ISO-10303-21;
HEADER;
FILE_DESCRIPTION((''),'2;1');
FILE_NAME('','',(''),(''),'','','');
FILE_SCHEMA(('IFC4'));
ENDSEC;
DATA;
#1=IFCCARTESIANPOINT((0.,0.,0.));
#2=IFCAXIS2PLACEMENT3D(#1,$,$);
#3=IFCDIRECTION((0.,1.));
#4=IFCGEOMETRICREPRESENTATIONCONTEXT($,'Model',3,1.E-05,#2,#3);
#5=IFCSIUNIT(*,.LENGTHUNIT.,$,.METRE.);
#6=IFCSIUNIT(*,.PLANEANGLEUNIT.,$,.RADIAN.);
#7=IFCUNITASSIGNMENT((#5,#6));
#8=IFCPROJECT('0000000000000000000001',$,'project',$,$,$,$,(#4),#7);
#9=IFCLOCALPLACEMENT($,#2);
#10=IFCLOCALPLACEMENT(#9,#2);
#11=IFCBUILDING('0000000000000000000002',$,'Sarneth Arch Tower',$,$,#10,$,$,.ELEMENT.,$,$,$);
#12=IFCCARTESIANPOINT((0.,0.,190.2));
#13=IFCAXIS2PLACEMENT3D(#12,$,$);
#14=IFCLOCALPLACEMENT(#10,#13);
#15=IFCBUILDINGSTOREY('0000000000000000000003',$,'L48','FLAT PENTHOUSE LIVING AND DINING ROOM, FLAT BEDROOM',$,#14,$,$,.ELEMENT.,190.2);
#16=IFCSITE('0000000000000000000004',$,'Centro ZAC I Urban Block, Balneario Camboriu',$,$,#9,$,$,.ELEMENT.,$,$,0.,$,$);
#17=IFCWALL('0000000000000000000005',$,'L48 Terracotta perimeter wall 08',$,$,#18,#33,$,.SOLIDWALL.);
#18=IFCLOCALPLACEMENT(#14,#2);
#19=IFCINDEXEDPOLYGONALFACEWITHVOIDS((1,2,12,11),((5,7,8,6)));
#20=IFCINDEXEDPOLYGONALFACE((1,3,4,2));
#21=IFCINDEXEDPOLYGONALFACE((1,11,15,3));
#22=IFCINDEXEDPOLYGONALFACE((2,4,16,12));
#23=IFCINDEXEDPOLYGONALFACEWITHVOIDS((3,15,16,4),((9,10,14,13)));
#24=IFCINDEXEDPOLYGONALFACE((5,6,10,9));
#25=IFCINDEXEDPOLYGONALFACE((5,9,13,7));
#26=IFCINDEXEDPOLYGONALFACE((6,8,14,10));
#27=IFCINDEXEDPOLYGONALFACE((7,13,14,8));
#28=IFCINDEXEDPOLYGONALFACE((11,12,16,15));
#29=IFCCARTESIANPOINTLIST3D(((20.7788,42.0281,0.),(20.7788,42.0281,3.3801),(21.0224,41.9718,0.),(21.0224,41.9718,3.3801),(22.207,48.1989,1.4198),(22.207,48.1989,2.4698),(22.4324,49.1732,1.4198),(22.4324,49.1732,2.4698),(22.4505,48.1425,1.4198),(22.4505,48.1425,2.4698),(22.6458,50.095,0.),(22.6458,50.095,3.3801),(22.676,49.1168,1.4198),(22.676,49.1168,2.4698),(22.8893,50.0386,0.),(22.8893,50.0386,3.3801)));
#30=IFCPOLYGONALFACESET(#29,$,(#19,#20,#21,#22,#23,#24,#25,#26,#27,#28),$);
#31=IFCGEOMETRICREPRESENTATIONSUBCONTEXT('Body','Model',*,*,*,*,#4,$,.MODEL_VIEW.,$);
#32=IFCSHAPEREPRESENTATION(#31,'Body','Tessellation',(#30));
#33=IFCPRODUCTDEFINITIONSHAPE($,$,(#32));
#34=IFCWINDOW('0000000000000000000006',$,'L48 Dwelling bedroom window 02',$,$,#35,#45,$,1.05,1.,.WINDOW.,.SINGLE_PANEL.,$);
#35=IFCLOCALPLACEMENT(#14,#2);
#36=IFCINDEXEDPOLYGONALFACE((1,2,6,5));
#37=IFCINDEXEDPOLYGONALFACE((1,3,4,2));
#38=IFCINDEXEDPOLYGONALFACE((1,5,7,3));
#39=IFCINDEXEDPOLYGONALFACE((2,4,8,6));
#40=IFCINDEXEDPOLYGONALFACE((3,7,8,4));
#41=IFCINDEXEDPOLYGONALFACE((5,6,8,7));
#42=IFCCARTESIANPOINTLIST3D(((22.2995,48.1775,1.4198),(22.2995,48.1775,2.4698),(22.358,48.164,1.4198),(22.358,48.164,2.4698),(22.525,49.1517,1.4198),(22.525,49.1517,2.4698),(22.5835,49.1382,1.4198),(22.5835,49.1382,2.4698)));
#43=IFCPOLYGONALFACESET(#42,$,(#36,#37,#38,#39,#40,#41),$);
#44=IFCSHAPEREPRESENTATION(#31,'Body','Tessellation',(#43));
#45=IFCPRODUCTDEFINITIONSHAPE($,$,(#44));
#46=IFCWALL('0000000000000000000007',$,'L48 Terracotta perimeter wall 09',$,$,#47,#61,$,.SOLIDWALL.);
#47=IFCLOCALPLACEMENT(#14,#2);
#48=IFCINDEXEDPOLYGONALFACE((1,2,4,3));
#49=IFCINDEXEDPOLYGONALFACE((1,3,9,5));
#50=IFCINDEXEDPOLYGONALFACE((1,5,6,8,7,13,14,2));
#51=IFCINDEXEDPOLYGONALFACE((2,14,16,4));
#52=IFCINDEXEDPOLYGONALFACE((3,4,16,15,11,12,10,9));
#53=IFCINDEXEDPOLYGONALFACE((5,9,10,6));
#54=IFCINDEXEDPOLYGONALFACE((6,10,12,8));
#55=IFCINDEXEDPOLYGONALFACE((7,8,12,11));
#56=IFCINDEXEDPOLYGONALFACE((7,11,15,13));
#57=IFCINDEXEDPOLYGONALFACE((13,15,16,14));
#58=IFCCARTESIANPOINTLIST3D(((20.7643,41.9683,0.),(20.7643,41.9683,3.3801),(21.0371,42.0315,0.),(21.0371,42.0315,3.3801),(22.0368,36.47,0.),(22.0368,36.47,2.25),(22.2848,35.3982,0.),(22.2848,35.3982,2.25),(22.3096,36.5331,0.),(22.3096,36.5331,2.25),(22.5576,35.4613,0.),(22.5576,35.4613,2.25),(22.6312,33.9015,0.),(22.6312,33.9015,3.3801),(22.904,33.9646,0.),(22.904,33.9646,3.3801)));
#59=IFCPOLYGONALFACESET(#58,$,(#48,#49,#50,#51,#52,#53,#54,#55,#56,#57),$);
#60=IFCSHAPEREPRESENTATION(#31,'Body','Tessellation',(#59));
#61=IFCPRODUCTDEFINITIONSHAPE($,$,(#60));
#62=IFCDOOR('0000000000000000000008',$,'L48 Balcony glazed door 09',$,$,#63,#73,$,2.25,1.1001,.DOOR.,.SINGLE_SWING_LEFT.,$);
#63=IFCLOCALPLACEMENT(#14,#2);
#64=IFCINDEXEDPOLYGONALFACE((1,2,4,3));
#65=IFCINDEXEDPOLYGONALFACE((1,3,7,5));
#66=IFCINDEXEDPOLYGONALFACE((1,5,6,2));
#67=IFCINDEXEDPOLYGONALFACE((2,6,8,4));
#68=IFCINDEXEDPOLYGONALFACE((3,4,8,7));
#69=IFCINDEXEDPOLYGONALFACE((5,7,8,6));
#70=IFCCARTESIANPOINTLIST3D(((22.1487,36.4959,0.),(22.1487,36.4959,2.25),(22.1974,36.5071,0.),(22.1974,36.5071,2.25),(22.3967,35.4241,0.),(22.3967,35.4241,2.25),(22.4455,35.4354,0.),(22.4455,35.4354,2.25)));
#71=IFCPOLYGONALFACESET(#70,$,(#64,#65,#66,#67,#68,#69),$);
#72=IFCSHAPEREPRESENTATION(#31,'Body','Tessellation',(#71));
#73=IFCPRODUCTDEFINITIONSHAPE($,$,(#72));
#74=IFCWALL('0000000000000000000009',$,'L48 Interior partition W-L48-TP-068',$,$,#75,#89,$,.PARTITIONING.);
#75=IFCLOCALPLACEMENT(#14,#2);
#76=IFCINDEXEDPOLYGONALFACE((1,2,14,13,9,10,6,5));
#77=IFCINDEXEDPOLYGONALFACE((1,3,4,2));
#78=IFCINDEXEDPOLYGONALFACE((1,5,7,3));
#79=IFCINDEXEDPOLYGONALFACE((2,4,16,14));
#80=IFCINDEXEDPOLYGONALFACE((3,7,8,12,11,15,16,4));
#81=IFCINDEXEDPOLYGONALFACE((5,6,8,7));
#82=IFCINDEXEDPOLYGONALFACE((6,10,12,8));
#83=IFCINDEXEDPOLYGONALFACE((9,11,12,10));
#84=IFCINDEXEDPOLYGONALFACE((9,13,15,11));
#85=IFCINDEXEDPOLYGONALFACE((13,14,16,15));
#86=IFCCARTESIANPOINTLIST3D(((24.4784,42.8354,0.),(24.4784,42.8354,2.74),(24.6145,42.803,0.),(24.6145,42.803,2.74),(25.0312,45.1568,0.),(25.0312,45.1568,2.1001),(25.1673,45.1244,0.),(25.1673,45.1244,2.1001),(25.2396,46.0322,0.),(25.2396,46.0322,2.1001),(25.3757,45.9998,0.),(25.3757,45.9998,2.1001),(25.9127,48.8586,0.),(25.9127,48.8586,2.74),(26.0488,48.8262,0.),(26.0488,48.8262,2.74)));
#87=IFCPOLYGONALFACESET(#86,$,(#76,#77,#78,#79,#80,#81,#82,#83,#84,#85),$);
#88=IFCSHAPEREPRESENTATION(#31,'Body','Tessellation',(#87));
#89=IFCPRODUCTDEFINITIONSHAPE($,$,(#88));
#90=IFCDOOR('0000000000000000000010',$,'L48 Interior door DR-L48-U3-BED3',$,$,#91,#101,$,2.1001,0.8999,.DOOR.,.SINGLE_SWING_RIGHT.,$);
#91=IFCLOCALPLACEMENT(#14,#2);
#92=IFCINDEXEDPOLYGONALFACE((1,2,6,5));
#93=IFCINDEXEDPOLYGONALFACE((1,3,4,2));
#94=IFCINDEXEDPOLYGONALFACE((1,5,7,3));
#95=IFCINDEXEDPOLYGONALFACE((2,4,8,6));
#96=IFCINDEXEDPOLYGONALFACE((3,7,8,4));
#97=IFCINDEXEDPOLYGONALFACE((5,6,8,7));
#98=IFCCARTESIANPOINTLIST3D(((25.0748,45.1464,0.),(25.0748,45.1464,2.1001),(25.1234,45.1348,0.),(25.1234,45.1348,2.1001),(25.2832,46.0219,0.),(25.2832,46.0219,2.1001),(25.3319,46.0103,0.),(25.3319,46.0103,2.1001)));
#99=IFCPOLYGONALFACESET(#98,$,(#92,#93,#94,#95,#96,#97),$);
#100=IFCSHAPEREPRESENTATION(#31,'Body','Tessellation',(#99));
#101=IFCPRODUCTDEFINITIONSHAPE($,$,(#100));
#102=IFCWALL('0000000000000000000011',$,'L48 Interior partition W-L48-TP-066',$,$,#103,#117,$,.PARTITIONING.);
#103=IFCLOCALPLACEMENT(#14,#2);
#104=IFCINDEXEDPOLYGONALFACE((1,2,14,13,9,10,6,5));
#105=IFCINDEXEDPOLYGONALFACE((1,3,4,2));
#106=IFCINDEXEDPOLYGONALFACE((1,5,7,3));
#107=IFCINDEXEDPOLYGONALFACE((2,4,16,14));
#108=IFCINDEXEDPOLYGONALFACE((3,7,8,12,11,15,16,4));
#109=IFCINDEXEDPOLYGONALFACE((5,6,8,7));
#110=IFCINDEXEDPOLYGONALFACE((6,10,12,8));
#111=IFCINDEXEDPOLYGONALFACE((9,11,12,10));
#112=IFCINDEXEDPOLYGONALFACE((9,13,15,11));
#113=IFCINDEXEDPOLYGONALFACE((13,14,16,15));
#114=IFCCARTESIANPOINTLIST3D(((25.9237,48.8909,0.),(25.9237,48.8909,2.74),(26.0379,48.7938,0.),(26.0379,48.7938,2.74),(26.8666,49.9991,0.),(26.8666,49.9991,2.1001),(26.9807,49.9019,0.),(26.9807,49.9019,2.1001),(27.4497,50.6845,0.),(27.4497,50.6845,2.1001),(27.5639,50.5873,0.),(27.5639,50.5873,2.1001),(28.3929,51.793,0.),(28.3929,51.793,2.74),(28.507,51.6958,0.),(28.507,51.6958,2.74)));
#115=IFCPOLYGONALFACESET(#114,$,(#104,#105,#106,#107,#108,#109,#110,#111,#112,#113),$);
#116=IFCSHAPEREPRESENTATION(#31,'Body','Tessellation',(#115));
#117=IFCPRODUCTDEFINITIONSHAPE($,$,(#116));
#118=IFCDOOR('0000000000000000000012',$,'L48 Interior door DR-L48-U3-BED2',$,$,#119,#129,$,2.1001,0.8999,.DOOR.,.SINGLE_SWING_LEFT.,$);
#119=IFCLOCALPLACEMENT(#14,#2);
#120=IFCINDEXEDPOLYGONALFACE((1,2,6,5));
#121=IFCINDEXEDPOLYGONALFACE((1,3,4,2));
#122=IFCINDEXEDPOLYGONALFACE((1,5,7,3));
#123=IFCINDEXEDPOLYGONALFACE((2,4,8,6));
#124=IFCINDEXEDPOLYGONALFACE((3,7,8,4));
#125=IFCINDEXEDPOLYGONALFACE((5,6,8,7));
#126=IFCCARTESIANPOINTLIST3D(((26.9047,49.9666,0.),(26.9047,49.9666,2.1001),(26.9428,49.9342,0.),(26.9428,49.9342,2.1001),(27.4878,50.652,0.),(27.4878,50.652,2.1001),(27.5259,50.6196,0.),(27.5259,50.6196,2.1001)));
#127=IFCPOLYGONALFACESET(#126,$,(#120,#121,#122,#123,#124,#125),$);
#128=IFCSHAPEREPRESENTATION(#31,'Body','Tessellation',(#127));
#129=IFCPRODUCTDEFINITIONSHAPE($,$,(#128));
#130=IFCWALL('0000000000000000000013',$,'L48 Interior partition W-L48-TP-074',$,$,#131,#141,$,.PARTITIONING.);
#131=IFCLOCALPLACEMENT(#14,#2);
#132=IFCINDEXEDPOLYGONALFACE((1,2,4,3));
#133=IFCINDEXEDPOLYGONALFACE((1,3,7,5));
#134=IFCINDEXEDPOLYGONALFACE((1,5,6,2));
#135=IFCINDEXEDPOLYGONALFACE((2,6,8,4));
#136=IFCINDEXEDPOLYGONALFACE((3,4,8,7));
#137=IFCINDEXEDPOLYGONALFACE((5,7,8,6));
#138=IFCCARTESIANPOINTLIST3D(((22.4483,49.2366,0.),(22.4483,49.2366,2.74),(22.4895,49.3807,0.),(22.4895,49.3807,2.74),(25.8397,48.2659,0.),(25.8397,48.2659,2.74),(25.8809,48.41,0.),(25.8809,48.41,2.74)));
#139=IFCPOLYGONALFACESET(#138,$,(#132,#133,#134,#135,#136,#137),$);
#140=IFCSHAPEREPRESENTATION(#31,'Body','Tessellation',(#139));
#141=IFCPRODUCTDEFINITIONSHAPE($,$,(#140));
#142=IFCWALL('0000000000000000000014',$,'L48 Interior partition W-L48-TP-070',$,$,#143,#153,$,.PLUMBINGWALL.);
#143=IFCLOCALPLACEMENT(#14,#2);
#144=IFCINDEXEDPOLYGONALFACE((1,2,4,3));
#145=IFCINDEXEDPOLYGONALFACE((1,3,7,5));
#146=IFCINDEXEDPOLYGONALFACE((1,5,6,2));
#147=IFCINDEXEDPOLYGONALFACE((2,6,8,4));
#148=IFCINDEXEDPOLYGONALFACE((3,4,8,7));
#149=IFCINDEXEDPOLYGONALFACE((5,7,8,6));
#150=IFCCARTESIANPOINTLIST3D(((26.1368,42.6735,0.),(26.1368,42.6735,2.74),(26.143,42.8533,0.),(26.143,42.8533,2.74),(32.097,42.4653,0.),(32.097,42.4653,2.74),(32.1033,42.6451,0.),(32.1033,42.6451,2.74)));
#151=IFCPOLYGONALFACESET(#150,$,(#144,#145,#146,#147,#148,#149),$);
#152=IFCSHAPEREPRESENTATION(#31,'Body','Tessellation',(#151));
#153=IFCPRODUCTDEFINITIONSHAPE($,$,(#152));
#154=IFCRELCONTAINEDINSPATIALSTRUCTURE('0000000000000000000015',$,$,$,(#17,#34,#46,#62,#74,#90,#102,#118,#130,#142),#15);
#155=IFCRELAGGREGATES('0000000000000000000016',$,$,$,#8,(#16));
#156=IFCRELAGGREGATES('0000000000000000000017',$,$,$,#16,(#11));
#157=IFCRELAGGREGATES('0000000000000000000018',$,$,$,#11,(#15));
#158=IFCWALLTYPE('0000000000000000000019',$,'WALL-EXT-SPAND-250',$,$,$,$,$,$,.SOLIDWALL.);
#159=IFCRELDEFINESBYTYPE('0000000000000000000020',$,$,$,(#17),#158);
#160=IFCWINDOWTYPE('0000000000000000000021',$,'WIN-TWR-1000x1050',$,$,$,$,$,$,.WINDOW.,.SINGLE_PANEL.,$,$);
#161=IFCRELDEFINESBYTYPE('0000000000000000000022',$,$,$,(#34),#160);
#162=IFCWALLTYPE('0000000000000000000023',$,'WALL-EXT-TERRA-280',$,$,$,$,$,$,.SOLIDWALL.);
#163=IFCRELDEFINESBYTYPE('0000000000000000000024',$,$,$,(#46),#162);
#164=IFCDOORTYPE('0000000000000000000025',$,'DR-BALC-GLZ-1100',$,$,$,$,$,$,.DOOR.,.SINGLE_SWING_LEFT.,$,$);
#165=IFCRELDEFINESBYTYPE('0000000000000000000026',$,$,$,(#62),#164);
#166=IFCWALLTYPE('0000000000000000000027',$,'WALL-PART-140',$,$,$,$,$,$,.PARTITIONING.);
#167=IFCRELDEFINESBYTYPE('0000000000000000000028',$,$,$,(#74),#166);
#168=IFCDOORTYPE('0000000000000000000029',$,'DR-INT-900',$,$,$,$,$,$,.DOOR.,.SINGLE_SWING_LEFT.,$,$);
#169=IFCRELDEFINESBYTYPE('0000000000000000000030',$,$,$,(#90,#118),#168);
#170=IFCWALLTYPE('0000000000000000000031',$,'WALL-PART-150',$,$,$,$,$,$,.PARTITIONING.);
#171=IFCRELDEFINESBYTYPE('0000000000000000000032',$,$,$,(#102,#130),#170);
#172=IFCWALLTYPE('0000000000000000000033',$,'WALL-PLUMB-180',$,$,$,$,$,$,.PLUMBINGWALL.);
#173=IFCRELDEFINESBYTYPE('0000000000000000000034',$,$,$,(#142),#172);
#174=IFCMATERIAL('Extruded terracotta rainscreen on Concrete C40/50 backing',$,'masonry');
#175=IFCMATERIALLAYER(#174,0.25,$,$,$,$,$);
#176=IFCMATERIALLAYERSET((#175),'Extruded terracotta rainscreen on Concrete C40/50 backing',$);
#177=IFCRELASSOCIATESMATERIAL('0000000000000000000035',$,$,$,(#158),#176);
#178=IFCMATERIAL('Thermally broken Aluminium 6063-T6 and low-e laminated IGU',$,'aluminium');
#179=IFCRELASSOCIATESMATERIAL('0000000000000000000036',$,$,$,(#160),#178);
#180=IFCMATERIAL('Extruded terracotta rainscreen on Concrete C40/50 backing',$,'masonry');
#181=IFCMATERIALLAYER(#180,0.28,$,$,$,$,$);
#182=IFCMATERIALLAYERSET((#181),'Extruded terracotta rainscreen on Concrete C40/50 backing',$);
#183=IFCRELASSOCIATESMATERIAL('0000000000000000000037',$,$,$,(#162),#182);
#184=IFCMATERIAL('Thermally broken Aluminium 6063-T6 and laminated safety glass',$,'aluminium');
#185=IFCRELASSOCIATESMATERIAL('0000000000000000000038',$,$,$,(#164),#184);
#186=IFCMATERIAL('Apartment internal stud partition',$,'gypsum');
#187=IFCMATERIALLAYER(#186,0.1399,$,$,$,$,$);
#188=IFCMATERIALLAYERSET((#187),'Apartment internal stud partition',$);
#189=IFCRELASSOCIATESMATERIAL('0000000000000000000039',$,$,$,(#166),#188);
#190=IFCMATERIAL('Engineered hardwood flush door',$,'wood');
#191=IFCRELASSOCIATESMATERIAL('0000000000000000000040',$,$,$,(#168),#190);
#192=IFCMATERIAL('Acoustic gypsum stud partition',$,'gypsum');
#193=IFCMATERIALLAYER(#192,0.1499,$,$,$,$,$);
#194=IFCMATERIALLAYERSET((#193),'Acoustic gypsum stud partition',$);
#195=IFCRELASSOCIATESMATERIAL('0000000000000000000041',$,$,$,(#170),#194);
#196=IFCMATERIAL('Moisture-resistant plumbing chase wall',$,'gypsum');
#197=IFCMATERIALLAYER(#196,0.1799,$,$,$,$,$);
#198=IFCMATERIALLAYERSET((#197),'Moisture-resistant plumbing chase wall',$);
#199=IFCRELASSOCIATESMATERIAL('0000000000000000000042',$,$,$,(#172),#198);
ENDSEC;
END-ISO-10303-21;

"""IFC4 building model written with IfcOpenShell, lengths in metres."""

from ifc_helpers import new_model, si_unit, direction, frame, frame_2d, origin, place, context, subcontext, project, spatial, rectangle, extrude, material, layer, layer_set, type_object, element, fill, save


model = new_model("IFC4")

# Units and contexts
model_context = context("Model", 3, precision=1e-05, world=origin(), true_north=direction((0.0, 1.0)))
body_context = subcontext(model_context, "Body", "Model", "MODEL_VIEW")
ifc_project = project(units=[si_unit("LENGTHUNIT", "METRE"), si_unit("PLANEANGLEUNIT", "RADIAN")], contexts=[model_context])

# Site, building, storey
site_placement = place(None, origin())
site = spatial("IfcSite", under=ifc_project, at=site_placement, Name="Centro ZAC I Urban Block, Balneario Camboriu", CompositionType="ELEMENT", RefElevation=0.0)
building_placement = place(site_placement, origin())
building = spatial("IfcBuilding", under=site, at=building_placement, Name="Sarneth Arch Tower", CompositionType="ELEMENT")
storey_placement = place(building_placement, frame((0.0, 0.0, 190.2)))
storey = spatial("IfcBuildingStorey", under=building, at=storey_placement, Name="L48", Description="FLAT PENTHOUSE LIVING AND DINING ROOM, FLAT BEDROOM", CompositionType="ELEMENT", Elevation=190.2)

# Wall, opening, window
ifc_material_1 = material(Name="Extruded terracotta rainscreen on Concrete C40/50 backing", Category="masonry")
ifc_layer_1 = layer(ifc_material_1, 0.25)
ifc_layer_set_1 = layer_set([ifc_layer_1], Name="Extruded terracotta rainscreen on Concrete C40/50 backing")
wall_type_1 = type_object("IfcWallType", Name="WALL-EXT-SPAND-250", PredefinedType="SOLIDWALL", material=ifc_layer_set_1)
wall_1_placement = place(storey_placement, frame((22.7676, 50.0669, 0.0), z_axis=(0.0, 0.0, 1.0), x_axis=(-0.225473, -0.974249, 0.0)))
wall_1 = element("IfcWall", 1, at=wall_1_placement, inside=storey, type_object=wall_type_1, Name="L48 Terracotta perimeter wall 08", PredefinedType="SOLIDWALL", context=body_context, shape_type="SweptSolid", body=[
    extrude(rectangle(XDim=8.28, YDim=0.25, at=frame_2d((4.1401, 0.0))), origin(), (0.0, 0.0, 1.0), 3.3801),
])
opening_1_placement = place(wall_1_placement, frame((0.9463, 0.0, 1.4199)))
opening_1 = element("IfcOpeningElement", 2, at=opening_1_placement, cuts=wall_1, PredefinedType="OPENING", context=body_context, shape_type="SweptSolid", body=[
    extrude(rectangle(XDim=1.0, YDim=1.05, at=frame_2d((0.5, 0.5249))), frame((0.0, 0.135, 0.0), z_axis=(0.0, -1.0, 0.0), x_axis=(1.0, 0.0, 0.0)), (0.0, 0.0, 1.0), 0.27),
])
ifc_material_2 = material(Name="Thermally broken Aluminium 6063-T6 and low-e laminated IGU", Category="aluminium")
window_type = type_object("IfcWindowType", Name="WIN-TWR-1000x1050", PartitioningType="SINGLE_PANEL", PredefinedType="WINDOW", material=ifc_material_2)
window_placement = place(opening_1_placement, origin())
window = element("IfcWindow", 3, at=window_placement, inside=storey, type_object=window_type, Name="L48 Dwelling bedroom window 02", OverallHeight=1.05, OverallWidth=1.0, PartitioningType="SINGLE_PANEL", PredefinedType="WINDOW", context=body_context, shape_type="SweptSolid", body=[
    extrude(rectangle(XDim=1.0, YDim=1.05, at=frame_2d((0.5, 0.5249))), frame((0.0, 0.03, 0.0), z_axis=(0.0, -1.0, 0.0), x_axis=(1.0, 0.0, 0.0)), (0.0, 0.0, 1.0), 0.0601),
])
fill(opening_1, window)

# Walls, openings, doors
ifc_material_3 = material(Name="Extruded terracotta rainscreen on Concrete C40/50 backing", Category="masonry")
ifc_layer_2 = layer(ifc_material_3, 0.28)
ifc_layer_set_2 = layer_set([ifc_layer_2], Name="Extruded terracotta rainscreen on Concrete C40/50 backing")
wall_type_2 = type_object("IfcWallType", Name="WALL-EXT-TERRA-280", PredefinedType="SOLIDWALL", material=ifc_layer_set_2)
wall_2_placement = place(storey_placement, frame((20.9006, 42.0, 0.0), z_axis=(0.0, 0.0, 1.0), x_axis=(0.225473, -0.974249, 0.0)))
wall_2 = element("IfcWall", 4, at=wall_2_placement, inside=storey, type_object=wall_type_2, Name="L48 Terracotta perimeter wall 09", PredefinedType="SOLIDWALL", context=body_context, shape_type="SweptSolid", body=[
    extrude(rectangle(XDim=8.28, YDim=0.28, at=frame_2d((4.1401, 0.0))), origin(), (0.0, 0.0, 1.0), 3.3801),
])
opening_2_placement = place(wall_2_placement, frame((5.6438, 0.0, 0.0)))
opening_2 = element("IfcOpeningElement", 5, at=opening_2_placement, cuts=wall_2, PredefinedType="OPENING", context=body_context, shape_type="SweptSolid", body=[
    extrude(rectangle(XDim=1.1001, YDim=2.25, at=frame_2d((0.55, 1.125))), frame((0.0, 0.1499, 0.0), z_axis=(0.0, -1.0, 0.0), x_axis=(1.0, 0.0, 0.0)), (0.0, 0.0, 1.0), 0.3),
])
ifc_material_4 = material(Name="Thermally broken Aluminium 6063-T6 and laminated safety glass", Category="aluminium")
door_type_1 = type_object("IfcDoorType", Name="DR-BALC-GLZ-1100", OperationType="SINGLE_SWING_LEFT", PredefinedType="DOOR", material=ifc_material_4)
door_1_placement = place(opening_2_placement, origin())
door_1 = element("IfcDoor", 6, at=door_1_placement, inside=storey, type_object=door_type_1, Name="L48 Balcony glazed door 09", OperationType="SINGLE_SWING_LEFT", OverallHeight=2.25, OverallWidth=1.1001, PredefinedType="DOOR", context=body_context, shape_type="SweptSolid", body=[
    extrude(rectangle(XDim=1.1001, YDim=2.25, at=frame_2d((0.55, 1.125))), frame((0.0, 0.0249, 0.0), z_axis=(0.0, -1.0, 0.0), x_axis=(1.0, 0.0, 0.0)), (0.0, 0.0, 1.0), 0.05),
])
fill(opening_2, door_1)
ifc_material_5 = material(Name="Apartment internal stud partition", Category="gypsum")
ifc_layer_3 = layer(ifc_material_5, 0.1399)
ifc_layer_set_3 = layer_set([ifc_layer_3], Name="Apartment internal stud partition")
wall_type_3 = type_object("IfcWallType", Name="WALL-PART-140", PredefinedType="PARTITIONING", material=ifc_layer_set_3)
wall_3_placement = place(storey_placement, frame((25.9807, 48.8423, 0.0), z_axis=(0.0, 0.0, 1.0), x_axis=(-0.231656, -0.972798, 0.0)))
wall_3 = element("IfcWall", 7, at=wall_3_placement, inside=storey, type_object=wall_type_3, Name="L48 Interior partition W-L48-TP-068", PredefinedType="PARTITIONING", context=body_context, shape_type="SweptSolid", body=[
    extrude(rectangle(XDim=6.1917, YDim=0.1399, at=frame_2d((3.0957, 0.0))), origin(), (0.0, 0.0, 1.0), 2.74),
])
opening_3_placement = place(wall_3_placement, frame((2.9053, 0.0, 0.0)))
opening_3 = element("IfcOpeningElement", 8, at=opening_3_placement, cuts=wall_3, PredefinedType="OPENING", context=body_context, shape_type="SweptSolid", body=[
    extrude(rectangle(XDim=0.8999, YDim=2.1001, at=frame_2d((0.45, 1.05))), frame((0.0, 0.0798, 0.0), z_axis=(0.0, -1.0, 0.0), x_axis=(1.0, 0.0, 0.0)), (0.0, 0.0, 1.0), 0.1599),
])
ifc_material_6 = material(Name="Engineered hardwood flush door", Category="wood")
door_type_2 = type_object("IfcDoorType", Name="DR-INT-900", OperationType="SINGLE_SWING_LEFT", PredefinedType="DOOR", material=ifc_material_6)
door_2_placement = place(opening_3_placement, origin())
door_2 = element("IfcDoor", 9, at=door_2_placement, inside=storey, type_object=door_type_2, Name="L48 Interior door DR-L48-U3-BED3", OperationType="SINGLE_SWING_RIGHT", OverallHeight=2.1001, OverallWidth=0.8999, PredefinedType="DOOR", context=body_context, shape_type="SweptSolid", body=[
    extrude(rectangle(XDim=0.8999, YDim=2.1001, at=frame_2d((0.45, 1.05))), frame((0.0, 0.0249, 0.0), z_axis=(0.0, -1.0, 0.0), x_axis=(1.0, 0.0, 0.0)), (0.0, 0.0, 1.0), 0.05),
])
fill(opening_3, door_2)
ifc_material_7 = material(Name="Acoustic gypsum stud partition", Category="gypsum")
ifc_layer_4 = layer(ifc_material_7, 0.1499)
ifc_layer_set_4 = layer_set([ifc_layer_4], Name="Acoustic gypsum stud partition")
wall_type_4 = type_object("IfcWallType", Name="WALL-PART-150", PredefinedType="PARTITIONING", material=ifc_layer_set_4)
wall_4_placement = place(storey_placement, frame((25.9807, 48.8423, 0.0), z_axis=(0.0, 0.0, 1.0), x_axis=(0.648022, 0.761621, 0.0)))
wall_4 = element("IfcWall", 10, at=wall_4_placement, inside=storey, type_object=wall_type_4, Name="L48 Interior partition W-L48-TP-066", PredefinedType="PARTITIONING", context=body_context, shape_type="SweptSolid", body=[
    extrude(rectangle(XDim=3.8103, YDim=0.1499, at=frame_2d((1.9053, 0.0))), origin(), (0.0, 0.0, 1.0), 2.74),
])
opening_4_placement = place(wall_4_placement, frame((1.4551, 0.0, 0.0)))
opening_4 = element("IfcOpeningElement", 11, at=opening_4_placement, cuts=wall_4, PredefinedType="OPENING", context=body_context, shape_type="SweptSolid", body=[
    extrude(rectangle(XDim=0.8999, YDim=2.1001, at=frame_2d((0.45, 1.05))), frame((0.0, 0.085, 0.0), z_axis=(0.0, -1.0, 0.0), x_axis=(1.0, 0.0, 0.0)), (0.0, 0.0, 1.0), 0.1699),
])
door_3_placement = place(opening_4_placement, origin())
door_3 = element("IfcDoor", 12, at=door_3_placement, inside=storey, type_object=door_type_2, Name="L48 Interior door DR-L48-U3-BED2", OperationType="SINGLE_SWING_LEFT", OverallHeight=2.1001, OverallWidth=0.8999, PredefinedType="DOOR", context=body_context, shape_type="SweptSolid", body=[
    extrude(rectangle(XDim=0.8999, YDim=2.1001, at=frame_2d((0.45, 1.05))), frame((0.0, 0.0249, 0.0), z_axis=(0.0, -1.0, 0.0), x_axis=(1.0, 0.0, 0.0)), (0.0, 0.0, 1.0), 0.05),
])
fill(opening_4, door_3)

# Walls
wall_5_placement = place(storey_placement, frame((22.469, 49.3086, 0.0), z_axis=(0.0, 0.0, 1.0), x_axis=(0.961393, -0.275178, 0.0)))
element("IfcWall", 13, at=wall_5_placement, inside=storey, type_object=wall_type_4, Name="L48 Interior partition W-L48-TP-074", PredefinedType="PARTITIONING", context=body_context, shape_type="SweptSolid", body=[
    extrude(rectangle(XDim=3.5276, YDim=0.1499, at=frame_2d((1.7637, 0.0))), origin(), (0.0, 0.0, 1.0), 2.74),
])
ifc_material_8 = material(Name="Moisture-resistant plumbing chase wall", Category="gypsum")
ifc_layer_5 = layer(ifc_material_8, 0.1799)
ifc_layer_set_5 = layer_set([ifc_layer_5], Name="Moisture-resistant plumbing chase wall")
wall_type_5 = type_object("IfcWallType", Name="WALL-PLUMB-180", PredefinedType="PLUMBINGWALL", material=ifc_layer_set_5)
wall_6_placement = place(storey_placement, frame((26.1399, 42.7634, 0.0), z_axis=(0.0, 0.0, 1.0), x_axis=(0.99939, -0.034919, 0.0)))
element("IfcWall", 14, at=wall_6_placement, inside=storey, type_object=wall_type_5, Name="L48 Interior partition W-L48-TP-070", PredefinedType="PLUMBINGWALL", context=body_context, shape_type="SweptSolid", body=[
    extrude(rectangle(XDim=5.9639, YDim=0.1799, at=frame_2d((2.9819, 0.0))), origin(), (0.0, 0.0, 1.0), 2.74),
])

save(model, "model.ifc")
